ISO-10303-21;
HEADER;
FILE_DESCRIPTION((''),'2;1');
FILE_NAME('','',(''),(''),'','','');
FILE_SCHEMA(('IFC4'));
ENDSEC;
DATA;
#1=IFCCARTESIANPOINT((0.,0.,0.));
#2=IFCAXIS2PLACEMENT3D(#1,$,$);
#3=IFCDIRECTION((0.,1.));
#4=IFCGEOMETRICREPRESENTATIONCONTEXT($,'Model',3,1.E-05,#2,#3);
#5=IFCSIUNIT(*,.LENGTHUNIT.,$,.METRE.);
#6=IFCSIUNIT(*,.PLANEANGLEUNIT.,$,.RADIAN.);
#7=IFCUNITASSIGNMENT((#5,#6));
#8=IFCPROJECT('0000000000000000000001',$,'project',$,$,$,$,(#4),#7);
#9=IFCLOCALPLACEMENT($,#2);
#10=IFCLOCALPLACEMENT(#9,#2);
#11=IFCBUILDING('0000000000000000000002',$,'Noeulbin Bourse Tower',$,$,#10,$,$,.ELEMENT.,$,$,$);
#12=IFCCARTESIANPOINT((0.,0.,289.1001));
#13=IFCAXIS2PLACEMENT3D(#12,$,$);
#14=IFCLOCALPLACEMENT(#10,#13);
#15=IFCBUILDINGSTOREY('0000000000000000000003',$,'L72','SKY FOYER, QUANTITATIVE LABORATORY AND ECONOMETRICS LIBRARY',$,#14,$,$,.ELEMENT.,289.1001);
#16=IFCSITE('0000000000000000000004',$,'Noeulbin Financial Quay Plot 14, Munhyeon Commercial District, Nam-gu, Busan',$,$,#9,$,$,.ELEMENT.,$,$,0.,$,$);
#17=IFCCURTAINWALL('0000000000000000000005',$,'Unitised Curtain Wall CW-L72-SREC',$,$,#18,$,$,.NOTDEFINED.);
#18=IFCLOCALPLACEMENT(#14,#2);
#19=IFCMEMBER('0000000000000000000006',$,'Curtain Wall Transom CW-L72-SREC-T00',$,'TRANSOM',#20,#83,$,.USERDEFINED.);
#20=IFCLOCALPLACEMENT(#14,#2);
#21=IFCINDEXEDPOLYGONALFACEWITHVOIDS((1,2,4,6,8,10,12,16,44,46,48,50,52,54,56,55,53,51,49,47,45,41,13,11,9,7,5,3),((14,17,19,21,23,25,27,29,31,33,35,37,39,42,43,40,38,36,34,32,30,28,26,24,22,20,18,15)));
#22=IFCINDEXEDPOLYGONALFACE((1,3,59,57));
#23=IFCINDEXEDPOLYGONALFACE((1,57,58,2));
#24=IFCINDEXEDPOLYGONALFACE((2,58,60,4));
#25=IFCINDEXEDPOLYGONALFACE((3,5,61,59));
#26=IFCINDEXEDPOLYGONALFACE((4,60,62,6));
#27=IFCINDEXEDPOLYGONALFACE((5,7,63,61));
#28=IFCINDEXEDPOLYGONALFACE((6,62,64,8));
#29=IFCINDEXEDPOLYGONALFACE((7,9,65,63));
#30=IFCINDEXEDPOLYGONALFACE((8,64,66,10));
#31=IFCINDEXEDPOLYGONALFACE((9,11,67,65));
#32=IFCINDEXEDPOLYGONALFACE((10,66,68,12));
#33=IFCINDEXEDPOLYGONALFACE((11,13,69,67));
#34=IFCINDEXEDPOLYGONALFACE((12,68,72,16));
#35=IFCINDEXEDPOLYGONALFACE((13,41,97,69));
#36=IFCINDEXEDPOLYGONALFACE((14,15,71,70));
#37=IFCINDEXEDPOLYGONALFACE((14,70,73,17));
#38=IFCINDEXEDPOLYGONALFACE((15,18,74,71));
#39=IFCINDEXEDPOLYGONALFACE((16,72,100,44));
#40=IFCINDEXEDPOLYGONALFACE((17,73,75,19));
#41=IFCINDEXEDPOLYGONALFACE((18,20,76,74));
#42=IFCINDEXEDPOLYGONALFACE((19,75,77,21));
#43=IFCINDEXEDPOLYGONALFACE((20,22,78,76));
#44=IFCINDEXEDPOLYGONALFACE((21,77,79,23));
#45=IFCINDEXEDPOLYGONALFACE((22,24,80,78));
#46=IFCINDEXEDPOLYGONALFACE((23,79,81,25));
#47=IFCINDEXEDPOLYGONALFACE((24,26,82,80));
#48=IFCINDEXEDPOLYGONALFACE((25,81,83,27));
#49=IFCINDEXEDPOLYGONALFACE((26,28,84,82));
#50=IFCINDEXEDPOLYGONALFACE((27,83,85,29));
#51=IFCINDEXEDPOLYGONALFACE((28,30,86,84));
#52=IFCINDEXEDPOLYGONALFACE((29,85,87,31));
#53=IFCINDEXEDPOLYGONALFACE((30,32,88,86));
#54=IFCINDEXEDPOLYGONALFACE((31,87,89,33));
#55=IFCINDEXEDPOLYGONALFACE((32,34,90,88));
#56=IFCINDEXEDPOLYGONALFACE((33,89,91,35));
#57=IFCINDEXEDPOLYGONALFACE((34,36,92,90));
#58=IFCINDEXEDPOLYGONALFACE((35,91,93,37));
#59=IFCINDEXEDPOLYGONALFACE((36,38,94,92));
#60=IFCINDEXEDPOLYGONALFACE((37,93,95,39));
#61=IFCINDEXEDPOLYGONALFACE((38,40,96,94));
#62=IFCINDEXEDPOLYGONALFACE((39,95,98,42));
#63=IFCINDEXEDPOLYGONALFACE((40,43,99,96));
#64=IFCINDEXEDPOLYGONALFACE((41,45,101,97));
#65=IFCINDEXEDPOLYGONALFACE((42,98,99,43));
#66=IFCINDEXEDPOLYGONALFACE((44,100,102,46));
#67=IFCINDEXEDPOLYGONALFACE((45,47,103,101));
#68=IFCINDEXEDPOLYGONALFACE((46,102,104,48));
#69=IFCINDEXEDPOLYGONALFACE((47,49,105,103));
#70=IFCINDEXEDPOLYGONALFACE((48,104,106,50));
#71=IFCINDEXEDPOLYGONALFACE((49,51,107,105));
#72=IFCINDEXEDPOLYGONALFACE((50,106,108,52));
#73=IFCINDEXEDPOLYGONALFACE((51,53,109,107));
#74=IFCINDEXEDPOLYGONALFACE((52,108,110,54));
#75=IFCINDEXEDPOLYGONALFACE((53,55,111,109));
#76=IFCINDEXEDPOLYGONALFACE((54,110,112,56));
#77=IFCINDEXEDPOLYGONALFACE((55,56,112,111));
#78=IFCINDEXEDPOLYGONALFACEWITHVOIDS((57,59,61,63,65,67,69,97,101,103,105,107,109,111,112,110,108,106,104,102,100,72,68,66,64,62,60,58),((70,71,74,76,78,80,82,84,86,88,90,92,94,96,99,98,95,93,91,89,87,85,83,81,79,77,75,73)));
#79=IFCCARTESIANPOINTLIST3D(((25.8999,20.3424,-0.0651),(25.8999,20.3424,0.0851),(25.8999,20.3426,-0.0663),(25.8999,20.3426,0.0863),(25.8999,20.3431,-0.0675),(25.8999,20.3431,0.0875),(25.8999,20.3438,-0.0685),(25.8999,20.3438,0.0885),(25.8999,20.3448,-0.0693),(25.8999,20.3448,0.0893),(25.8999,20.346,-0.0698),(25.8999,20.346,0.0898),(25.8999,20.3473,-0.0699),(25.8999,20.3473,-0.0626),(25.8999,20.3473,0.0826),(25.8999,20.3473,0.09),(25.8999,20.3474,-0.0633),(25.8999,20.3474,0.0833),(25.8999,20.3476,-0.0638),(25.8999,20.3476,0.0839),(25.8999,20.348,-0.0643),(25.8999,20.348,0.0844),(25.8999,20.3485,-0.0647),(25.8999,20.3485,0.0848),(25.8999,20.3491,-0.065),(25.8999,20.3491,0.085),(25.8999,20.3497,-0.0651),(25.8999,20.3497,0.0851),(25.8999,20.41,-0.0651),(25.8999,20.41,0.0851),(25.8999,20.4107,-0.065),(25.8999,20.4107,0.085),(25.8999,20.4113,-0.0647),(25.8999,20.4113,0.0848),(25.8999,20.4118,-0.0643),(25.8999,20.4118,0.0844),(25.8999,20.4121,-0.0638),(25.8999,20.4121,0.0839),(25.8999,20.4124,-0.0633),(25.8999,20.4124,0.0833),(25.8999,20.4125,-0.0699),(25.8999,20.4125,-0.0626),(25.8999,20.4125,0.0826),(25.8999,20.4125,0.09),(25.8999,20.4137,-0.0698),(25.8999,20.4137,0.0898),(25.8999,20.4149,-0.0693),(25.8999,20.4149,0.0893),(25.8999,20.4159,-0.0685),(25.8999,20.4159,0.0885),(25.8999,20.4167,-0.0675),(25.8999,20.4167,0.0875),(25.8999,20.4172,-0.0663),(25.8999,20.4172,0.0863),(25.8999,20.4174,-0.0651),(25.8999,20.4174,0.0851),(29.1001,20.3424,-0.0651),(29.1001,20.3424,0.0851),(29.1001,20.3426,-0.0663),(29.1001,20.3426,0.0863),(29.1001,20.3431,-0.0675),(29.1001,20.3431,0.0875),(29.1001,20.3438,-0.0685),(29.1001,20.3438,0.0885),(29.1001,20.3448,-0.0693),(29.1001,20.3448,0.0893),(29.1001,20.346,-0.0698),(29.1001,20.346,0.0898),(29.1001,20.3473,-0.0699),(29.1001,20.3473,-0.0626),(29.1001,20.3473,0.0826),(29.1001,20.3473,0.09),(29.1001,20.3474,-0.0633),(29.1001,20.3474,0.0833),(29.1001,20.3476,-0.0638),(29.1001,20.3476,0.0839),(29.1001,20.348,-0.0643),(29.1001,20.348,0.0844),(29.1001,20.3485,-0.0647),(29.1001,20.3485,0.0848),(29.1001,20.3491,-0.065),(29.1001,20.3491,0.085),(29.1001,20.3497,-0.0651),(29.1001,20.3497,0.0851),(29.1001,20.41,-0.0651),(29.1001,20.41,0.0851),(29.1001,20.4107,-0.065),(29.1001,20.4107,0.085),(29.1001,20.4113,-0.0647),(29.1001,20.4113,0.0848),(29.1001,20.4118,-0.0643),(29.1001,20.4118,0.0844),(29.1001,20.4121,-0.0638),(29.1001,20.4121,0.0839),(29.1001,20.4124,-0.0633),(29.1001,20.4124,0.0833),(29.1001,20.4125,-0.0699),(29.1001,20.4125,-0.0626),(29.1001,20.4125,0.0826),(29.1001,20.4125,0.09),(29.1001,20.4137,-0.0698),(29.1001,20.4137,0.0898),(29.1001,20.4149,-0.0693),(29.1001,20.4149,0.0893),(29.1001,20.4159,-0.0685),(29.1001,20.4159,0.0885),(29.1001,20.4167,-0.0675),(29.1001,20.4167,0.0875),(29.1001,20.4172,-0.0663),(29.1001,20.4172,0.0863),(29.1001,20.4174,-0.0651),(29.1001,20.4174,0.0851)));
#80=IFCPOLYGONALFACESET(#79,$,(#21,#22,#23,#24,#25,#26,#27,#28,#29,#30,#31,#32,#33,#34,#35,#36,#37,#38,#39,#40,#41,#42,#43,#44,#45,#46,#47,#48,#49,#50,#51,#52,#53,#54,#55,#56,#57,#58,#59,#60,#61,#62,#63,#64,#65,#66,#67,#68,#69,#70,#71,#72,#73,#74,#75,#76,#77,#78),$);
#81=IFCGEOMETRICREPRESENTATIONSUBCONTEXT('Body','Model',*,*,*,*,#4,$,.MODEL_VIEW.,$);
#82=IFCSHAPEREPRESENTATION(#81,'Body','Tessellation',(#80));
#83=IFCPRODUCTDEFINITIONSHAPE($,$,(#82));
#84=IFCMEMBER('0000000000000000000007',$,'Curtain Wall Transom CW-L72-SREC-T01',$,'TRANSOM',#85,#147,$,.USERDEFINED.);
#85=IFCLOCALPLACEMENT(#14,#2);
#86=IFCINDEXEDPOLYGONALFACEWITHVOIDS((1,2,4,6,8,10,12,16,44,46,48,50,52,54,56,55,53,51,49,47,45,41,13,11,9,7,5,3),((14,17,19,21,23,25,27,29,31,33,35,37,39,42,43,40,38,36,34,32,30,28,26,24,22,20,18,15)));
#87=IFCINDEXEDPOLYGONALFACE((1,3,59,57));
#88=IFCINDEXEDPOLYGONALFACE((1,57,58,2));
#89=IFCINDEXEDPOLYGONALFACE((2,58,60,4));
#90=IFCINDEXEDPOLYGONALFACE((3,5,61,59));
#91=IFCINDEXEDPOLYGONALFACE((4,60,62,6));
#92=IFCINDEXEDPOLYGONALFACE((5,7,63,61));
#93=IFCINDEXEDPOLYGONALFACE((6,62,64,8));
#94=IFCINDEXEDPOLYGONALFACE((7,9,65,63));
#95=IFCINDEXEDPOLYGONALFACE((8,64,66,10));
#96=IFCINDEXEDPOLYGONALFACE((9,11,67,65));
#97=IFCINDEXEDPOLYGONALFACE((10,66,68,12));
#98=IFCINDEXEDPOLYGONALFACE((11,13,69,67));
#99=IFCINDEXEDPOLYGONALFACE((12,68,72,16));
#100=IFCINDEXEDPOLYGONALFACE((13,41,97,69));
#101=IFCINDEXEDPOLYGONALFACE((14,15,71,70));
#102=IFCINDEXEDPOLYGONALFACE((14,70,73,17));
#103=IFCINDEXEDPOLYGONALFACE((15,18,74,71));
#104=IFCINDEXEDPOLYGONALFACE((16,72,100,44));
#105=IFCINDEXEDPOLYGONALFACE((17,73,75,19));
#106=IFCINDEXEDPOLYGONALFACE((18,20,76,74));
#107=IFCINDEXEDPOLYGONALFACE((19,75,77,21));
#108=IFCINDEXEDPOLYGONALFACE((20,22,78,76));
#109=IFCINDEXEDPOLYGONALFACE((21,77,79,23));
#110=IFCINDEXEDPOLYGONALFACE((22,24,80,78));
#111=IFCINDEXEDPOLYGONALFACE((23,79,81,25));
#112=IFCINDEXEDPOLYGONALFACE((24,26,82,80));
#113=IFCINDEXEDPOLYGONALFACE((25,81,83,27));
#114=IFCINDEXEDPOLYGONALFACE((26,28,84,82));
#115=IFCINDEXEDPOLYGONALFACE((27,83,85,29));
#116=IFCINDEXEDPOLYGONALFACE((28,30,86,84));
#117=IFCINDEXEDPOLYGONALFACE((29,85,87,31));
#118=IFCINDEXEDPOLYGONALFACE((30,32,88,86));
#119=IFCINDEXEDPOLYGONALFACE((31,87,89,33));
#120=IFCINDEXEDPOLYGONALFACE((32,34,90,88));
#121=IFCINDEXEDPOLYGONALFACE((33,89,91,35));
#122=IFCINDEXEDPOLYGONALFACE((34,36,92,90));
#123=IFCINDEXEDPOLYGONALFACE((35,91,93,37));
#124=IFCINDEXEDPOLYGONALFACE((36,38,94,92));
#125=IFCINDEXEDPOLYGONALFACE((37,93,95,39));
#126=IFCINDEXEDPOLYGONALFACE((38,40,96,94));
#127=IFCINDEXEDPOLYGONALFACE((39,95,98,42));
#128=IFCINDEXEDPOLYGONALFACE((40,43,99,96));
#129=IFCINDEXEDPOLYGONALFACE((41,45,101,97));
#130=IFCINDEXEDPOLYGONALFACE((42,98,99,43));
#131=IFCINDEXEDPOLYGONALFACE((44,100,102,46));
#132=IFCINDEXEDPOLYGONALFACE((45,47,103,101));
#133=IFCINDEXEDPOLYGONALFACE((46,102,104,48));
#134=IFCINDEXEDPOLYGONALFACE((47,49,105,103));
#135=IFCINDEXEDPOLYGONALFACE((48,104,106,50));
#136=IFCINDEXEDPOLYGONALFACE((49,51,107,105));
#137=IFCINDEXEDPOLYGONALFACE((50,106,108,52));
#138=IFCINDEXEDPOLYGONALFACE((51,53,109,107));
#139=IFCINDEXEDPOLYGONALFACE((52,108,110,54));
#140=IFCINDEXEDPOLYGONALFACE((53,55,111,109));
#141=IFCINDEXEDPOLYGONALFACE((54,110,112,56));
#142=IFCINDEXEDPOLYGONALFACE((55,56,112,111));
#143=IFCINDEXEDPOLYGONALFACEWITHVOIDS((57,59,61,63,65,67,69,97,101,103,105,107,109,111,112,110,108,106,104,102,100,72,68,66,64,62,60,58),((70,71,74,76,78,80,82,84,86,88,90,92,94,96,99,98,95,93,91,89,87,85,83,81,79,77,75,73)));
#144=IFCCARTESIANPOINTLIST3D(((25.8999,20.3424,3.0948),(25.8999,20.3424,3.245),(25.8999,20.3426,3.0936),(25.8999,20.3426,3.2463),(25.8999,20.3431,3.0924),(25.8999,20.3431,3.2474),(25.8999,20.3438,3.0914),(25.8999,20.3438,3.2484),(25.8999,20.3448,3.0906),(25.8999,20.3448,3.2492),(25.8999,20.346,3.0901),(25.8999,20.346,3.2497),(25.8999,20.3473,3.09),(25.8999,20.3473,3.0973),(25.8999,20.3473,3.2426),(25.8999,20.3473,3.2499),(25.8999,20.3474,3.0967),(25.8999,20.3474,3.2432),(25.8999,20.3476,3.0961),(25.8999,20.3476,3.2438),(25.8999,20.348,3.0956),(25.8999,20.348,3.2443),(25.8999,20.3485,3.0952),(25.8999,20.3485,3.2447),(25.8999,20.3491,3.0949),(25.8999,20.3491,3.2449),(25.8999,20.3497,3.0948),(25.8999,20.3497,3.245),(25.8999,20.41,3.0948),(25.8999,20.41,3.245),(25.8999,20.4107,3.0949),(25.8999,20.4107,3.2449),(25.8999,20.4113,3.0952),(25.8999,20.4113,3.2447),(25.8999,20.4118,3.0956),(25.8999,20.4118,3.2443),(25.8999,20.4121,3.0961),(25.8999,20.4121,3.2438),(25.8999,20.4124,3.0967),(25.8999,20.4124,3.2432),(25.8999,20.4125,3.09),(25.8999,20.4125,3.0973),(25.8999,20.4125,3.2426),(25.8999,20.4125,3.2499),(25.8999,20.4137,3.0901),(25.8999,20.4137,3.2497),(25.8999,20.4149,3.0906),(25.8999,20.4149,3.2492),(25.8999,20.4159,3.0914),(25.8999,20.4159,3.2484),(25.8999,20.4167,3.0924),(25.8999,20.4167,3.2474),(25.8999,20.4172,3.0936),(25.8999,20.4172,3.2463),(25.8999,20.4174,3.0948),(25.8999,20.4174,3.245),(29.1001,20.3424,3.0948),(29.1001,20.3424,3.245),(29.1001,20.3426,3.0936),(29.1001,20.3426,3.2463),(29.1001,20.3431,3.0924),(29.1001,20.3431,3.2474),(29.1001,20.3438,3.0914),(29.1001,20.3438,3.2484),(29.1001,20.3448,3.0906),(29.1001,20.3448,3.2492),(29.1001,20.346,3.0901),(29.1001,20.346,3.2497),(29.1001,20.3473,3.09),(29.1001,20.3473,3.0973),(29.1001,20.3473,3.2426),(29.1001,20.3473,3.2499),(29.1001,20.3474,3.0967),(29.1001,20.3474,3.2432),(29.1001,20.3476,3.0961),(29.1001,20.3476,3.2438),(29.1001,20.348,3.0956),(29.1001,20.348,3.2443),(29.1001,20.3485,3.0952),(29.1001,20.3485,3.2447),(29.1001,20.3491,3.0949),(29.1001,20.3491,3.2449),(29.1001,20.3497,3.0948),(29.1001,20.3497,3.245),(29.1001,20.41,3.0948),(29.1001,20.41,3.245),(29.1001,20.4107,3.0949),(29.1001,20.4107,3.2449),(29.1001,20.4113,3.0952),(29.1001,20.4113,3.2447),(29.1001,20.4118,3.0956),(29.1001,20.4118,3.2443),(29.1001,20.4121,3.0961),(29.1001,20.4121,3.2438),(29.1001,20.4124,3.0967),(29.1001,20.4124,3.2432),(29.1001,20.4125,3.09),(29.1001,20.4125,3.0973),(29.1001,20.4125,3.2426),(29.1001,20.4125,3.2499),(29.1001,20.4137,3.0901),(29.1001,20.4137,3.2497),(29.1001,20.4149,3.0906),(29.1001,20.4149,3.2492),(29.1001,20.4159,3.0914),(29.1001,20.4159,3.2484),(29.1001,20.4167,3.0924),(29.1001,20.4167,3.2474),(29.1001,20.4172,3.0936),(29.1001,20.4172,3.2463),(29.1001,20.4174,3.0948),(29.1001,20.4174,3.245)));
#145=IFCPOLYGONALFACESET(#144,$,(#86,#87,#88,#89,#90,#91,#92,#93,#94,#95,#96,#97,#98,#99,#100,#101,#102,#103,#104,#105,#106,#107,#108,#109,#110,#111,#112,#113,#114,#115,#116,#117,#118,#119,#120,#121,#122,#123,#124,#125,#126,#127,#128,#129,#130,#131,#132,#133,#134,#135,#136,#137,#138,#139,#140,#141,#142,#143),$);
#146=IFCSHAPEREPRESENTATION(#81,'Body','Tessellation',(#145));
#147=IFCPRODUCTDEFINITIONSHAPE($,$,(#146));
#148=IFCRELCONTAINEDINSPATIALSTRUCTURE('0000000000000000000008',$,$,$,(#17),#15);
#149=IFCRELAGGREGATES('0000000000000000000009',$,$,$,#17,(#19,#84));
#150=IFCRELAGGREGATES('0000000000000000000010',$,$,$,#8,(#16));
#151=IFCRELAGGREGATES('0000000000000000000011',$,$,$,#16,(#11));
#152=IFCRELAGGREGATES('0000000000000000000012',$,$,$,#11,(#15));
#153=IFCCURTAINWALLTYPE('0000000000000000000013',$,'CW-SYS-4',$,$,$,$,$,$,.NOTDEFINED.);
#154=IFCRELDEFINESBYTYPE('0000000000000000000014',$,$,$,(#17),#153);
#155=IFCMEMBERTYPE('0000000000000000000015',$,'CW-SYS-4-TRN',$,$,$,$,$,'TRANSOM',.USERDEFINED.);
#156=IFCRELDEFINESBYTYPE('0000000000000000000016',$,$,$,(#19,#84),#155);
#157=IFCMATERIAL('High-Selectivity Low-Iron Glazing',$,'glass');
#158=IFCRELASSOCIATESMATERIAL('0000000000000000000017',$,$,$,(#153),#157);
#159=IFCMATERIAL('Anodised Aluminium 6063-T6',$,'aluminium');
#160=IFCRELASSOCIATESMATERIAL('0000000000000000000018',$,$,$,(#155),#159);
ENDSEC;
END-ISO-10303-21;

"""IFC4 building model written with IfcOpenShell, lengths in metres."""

from ifc_helpers import new_model, si_unit, direction, frame, origin, origin_2d, place, context, subcontext, project, spatial, hollow_rectangle, extrude, material, material_profile, profile_set, type_object, element, aggregate, save


model = new_model("IFC4")

# Units and contexts
model_context = context("Model", 3, precision=1e-05, world=origin(), true_north=direction((0.0, 1.0)))
body_context = subcontext(model_context, "Body", "Model", "MODEL_VIEW")
ifc_project = project(units=[si_unit("LENGTHUNIT", "METRE"), si_unit("PLANEANGLEUNIT", "RADIAN")], contexts=[model_context])

# Site, building, storey
site_placement = place(None, origin())
site = spatial("IfcSite", under=ifc_project, at=site_placement, Name="Noeulbin Financial Quay Plot 14, Munhyeon Commercial District, Nam-gu, Busan", CompositionType="ELEMENT", RefElevation=0.0)
building_placement = place(site_placement, origin())
building = spatial("IfcBuilding", under=site, at=building_placement, Name="Noeulbin Bourse Tower", CompositionType="ELEMENT")
storey_placement = place(building_placement, frame((0.0, 0.0, 289.1001)))
storey = spatial("IfcBuildingStorey", under=building, at=storey_placement, Name="L72", Description="SKY FOYER, QUANTITATIVE LABORATORY AND ECONOMETRICS LIBRARY", CompositionType="ELEMENT", Elevation=289.1001)

# Curtain wall
ifc_material_1 = material(Name="High-Selectivity Low-Iron Glazing", Category="glass")
curtain_wall_type = type_object("IfcCurtainWallType", Name="CW-SYS-4", PredefinedType="NOTDEFINED", material=ifc_material_1)
curtain_wall_1_placement = place(storey_placement, origin())
curtain_wall_1 = element("IfcCurtainWall", 1, at=curtain_wall_1_placement, inside=storey, type_object=curtain_wall_type, Name="Unitised Curtain Wall CW-L72-SREC", PredefinedType="NOTDEFINED")
ifc_material_2 = material(Name="Anodised Aluminium 6063-T6", Category="aluminium")

# Members
ifc_material_profile_1 = material_profile(ifc_material_2, hollow_rectangle(XDim=0.075, YDim=0.1599, WallThickness=0.0049, InnerFilletRadius=0.0024, OuterFilletRadius=0.0049, at=origin_2d()), Name="ALU-TRAN-75x160x5", Category="LoadBearing")
ifc_profile_set_1 = profile_set([ifc_material_profile_1], Name="Anodised Aluminium 6063-T6")
member_type_1 = type_object("IfcMemberType", Name="CW-SYS-4-TRN", ElementType="TRANSOM", PredefinedType="USERDEFINED", material=ifc_profile_set_1)
member_1_placement = place(storey_placement, frame((25.8999, 20.3799, 0.01), z_axis=(1.0, 0.0, 0.0), x_axis=(0.0, 1.0, 0.0)))
member_1 = element("IfcMember", 2, at=member_1_placement, type_object=member_type_1, Name="Curtain Wall Transom CW-L72-SREC-T00", ObjectType="TRANSOM", PredefinedType="USERDEFINED", context=body_context, shape_type="SweptSolid", body=[
    extrude(hollow_rectangle(XDim=0.075, YDim=0.1599, WallThickness=0.0049, InnerFilletRadius=0.0024, OuterFilletRadius=0.0049, at=origin_2d()), origin(), (0.0, 0.0, 1.0), 3.2002),
])
member_2_placement = place(storey_placement, frame((25.8999, 20.3799, 3.1699), z_axis=(1.0, 0.0, 0.0), x_axis=(0.0, 1.0, 0.0)))
member_2 = element("IfcMember", 3, at=member_2_placement, type_object=member_type_1, Name="Curtain Wall Transom CW-L72-SREC-T01", ObjectType="TRANSOM", PredefinedType="USERDEFINED", context=body_context, shape_type="SweptSolid", body=[
    extrude(hollow_rectangle(XDim=0.075, YDim=0.1599, WallThickness=0.0049, InnerFilletRadius=0.0024, OuterFilletRadius=0.0049, at=origin_2d()), origin(), (0.0, 0.0, 1.0), 3.2002),
])

aggregate(curtain_wall_1, [member_1, member_2])

save(model, "model.ifc")
